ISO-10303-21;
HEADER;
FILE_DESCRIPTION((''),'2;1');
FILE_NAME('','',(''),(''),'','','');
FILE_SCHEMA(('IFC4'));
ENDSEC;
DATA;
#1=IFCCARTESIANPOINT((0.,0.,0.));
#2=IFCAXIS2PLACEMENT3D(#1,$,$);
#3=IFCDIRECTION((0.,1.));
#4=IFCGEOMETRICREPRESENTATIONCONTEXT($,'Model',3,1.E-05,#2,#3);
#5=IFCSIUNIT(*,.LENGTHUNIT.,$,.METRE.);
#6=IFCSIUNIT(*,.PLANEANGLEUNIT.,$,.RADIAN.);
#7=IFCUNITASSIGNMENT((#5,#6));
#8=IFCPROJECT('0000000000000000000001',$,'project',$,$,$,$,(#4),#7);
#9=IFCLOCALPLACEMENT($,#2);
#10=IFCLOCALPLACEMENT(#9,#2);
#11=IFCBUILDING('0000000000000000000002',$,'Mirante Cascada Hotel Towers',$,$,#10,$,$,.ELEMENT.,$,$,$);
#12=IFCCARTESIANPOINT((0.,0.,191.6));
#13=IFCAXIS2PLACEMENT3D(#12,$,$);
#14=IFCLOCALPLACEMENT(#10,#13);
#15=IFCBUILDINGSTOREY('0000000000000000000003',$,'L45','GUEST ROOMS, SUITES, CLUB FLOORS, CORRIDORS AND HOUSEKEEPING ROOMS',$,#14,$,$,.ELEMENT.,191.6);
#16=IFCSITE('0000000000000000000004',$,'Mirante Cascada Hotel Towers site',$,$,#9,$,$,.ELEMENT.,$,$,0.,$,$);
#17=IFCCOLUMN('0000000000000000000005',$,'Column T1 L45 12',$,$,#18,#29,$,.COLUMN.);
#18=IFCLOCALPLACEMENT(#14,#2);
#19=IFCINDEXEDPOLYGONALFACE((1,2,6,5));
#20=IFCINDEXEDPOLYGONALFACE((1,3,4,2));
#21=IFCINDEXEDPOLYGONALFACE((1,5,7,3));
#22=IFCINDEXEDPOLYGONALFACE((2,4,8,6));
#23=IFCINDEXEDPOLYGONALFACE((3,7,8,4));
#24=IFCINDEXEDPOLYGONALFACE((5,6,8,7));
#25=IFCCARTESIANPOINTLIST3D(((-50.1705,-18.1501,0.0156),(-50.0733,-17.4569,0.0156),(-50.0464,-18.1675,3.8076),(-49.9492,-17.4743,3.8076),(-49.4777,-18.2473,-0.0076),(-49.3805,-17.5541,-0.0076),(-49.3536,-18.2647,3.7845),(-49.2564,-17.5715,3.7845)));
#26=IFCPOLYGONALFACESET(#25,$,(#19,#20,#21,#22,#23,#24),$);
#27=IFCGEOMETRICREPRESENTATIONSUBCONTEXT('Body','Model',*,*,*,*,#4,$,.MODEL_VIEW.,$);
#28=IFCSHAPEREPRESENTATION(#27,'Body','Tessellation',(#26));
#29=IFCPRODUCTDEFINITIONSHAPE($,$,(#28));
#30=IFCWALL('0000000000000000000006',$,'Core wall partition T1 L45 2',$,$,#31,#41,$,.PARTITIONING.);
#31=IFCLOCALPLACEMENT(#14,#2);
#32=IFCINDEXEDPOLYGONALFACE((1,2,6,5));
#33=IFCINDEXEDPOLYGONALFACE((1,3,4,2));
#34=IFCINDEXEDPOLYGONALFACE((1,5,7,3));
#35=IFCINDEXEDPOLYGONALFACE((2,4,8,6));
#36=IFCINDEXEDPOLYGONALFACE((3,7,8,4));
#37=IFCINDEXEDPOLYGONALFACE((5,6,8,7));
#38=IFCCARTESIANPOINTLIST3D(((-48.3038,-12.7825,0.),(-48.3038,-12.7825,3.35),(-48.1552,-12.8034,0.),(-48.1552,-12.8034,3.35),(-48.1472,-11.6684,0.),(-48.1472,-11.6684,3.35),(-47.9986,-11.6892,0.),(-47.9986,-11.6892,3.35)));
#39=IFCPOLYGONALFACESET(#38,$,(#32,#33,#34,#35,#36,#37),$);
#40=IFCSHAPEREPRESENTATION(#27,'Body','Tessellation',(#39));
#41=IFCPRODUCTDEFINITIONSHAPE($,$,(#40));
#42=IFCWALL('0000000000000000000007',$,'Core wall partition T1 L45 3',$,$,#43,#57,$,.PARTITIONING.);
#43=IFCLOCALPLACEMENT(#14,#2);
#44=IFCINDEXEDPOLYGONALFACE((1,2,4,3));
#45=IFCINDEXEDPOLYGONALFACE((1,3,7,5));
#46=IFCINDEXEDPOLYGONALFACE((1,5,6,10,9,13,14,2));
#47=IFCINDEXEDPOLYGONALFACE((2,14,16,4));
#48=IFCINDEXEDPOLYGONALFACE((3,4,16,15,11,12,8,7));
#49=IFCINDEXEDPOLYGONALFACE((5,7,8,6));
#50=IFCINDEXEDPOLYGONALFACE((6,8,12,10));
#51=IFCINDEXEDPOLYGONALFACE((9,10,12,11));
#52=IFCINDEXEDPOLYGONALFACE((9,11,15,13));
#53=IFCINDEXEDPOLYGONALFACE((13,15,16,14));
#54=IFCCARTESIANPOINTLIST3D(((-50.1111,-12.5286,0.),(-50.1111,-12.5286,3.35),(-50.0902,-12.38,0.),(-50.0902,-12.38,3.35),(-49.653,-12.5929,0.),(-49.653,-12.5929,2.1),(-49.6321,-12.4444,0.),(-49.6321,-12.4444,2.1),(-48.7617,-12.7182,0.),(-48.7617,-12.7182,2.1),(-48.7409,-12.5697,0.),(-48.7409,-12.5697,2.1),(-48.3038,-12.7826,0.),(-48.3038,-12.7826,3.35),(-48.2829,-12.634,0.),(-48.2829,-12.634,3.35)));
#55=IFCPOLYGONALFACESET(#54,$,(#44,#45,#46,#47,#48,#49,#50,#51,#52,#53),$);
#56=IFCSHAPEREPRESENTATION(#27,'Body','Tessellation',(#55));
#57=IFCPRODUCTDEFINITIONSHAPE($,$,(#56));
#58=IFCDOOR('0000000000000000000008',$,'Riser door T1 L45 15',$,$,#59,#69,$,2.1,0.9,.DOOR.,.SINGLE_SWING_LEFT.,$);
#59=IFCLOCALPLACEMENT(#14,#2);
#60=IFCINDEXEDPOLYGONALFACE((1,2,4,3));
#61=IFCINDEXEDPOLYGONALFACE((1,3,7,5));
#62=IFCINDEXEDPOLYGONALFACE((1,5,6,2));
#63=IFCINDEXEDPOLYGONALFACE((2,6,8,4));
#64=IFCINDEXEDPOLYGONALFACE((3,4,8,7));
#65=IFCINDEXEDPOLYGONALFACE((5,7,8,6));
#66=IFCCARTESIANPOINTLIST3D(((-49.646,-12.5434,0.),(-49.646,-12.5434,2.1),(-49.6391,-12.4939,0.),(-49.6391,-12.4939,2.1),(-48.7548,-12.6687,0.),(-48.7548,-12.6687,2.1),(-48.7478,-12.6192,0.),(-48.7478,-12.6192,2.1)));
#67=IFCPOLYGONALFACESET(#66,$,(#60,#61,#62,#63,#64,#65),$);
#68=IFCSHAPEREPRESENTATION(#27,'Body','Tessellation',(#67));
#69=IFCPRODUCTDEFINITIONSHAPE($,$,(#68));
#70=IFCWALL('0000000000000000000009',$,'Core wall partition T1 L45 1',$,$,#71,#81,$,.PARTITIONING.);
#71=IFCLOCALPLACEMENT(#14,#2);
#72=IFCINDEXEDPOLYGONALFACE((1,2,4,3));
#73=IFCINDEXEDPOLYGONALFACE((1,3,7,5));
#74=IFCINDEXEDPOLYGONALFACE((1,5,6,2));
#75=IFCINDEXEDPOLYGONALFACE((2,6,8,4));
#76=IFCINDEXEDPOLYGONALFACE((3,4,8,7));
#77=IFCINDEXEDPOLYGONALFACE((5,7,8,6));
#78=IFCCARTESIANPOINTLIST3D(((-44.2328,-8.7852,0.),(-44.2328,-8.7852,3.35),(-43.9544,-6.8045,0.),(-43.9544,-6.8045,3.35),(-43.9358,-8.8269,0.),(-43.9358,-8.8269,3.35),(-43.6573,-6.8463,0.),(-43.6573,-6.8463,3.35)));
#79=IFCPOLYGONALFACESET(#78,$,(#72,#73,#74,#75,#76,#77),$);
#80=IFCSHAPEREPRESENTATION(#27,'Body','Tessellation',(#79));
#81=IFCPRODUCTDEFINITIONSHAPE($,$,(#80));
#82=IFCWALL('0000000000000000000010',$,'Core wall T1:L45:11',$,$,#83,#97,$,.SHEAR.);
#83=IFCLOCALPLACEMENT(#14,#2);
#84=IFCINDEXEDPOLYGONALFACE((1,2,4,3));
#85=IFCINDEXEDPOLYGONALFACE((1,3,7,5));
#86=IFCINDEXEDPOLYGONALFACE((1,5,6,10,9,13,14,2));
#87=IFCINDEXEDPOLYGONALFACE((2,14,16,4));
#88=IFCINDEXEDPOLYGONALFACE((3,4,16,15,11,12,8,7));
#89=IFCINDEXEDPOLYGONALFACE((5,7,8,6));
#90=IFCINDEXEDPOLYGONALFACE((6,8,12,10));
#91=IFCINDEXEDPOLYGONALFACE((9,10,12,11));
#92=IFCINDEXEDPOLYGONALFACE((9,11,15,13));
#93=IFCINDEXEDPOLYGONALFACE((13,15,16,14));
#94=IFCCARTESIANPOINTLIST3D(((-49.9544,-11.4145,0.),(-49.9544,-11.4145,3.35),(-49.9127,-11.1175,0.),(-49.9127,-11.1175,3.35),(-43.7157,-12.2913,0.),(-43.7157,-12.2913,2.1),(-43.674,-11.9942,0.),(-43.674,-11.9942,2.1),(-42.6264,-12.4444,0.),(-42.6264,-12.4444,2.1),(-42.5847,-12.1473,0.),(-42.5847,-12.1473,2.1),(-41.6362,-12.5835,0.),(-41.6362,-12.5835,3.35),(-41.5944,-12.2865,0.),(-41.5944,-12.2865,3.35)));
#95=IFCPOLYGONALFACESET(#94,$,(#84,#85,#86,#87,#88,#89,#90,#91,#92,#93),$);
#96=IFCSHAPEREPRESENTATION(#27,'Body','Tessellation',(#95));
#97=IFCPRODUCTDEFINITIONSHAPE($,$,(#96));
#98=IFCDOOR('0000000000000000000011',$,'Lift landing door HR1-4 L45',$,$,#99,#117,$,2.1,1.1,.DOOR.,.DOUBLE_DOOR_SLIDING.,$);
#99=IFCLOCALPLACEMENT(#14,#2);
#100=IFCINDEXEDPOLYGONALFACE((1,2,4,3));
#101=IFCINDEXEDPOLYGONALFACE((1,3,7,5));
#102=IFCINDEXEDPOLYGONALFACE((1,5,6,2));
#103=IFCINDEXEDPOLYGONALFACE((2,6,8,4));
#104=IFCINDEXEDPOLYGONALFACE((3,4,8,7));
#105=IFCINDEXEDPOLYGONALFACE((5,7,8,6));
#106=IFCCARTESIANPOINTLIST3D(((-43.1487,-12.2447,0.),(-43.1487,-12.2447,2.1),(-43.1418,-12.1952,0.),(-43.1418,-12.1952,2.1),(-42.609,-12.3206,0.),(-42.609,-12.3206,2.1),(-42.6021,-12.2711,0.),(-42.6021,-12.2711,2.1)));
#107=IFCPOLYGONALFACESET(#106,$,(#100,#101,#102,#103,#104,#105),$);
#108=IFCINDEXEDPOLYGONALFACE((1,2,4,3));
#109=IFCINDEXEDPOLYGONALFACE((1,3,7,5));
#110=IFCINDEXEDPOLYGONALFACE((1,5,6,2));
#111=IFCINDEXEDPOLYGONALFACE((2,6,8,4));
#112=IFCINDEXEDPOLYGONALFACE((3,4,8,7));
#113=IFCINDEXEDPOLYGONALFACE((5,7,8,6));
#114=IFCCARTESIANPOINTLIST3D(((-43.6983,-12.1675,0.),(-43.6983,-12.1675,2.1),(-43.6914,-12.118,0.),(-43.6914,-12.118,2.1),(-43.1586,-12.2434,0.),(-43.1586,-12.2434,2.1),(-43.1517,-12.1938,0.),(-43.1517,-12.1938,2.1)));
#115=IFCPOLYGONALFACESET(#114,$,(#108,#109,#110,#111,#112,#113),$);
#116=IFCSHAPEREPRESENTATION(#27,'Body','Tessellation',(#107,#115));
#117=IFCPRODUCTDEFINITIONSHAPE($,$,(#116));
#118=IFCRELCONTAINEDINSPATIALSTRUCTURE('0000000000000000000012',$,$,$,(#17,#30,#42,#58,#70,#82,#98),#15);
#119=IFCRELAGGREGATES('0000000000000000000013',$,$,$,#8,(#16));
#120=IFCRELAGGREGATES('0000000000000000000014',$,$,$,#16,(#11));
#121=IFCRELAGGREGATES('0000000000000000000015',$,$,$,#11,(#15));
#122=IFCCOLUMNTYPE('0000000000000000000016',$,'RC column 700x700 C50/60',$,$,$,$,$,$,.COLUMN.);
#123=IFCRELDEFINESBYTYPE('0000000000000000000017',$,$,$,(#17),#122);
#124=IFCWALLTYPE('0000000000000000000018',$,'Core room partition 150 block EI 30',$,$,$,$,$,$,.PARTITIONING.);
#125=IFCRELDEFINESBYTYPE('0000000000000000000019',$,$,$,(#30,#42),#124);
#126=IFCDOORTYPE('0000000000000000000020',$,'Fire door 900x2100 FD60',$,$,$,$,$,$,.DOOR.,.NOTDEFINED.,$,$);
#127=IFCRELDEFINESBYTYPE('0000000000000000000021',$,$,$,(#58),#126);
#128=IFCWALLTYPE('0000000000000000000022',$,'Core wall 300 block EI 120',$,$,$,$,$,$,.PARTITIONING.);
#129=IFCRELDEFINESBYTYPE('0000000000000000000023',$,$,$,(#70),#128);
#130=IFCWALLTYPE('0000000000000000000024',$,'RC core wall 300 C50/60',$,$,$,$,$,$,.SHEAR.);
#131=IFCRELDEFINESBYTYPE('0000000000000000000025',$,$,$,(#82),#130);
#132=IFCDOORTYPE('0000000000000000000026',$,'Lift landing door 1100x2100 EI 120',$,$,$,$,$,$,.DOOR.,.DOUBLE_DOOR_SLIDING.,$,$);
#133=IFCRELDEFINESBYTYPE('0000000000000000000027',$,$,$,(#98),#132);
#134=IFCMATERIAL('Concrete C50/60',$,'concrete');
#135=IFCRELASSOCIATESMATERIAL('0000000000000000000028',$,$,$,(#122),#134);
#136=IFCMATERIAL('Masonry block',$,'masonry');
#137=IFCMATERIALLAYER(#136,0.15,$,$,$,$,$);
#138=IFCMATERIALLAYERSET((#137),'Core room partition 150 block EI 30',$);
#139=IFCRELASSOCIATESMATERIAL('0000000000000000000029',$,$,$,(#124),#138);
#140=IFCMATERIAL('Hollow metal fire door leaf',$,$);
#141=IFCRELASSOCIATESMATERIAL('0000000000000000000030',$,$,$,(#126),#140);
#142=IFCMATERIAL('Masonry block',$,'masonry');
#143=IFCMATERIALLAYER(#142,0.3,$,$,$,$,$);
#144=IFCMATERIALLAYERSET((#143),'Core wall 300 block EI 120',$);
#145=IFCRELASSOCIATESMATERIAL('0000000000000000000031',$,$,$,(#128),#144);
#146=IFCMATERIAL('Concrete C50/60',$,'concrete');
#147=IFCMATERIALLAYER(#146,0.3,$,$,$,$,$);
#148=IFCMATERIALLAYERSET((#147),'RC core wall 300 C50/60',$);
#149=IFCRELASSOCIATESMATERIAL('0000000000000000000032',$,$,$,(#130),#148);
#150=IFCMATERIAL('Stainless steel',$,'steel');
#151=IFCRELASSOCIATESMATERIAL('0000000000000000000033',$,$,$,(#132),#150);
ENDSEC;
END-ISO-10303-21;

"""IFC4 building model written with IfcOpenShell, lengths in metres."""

from ifc_helpers import new_model, si_unit, direction, frame, frame_2d, origin, origin_2d, place, context, subcontext, project, spatial, rectangle, extrude, material, layer, layer_set, material_profile, profile_set, type_object, element, fill, save


model = new_model("IFC4")

# Units and contexts
model_context = context("Model", 3, precision=1e-05, world=origin(), true_north=direction((0.0, 1.0)))
body_context = subcontext(model_context, "Body", "Model", "MODEL_VIEW")
ifc_project = project(units=[si_unit("LENGTHUNIT", "METRE"), si_unit("PLANEANGLEUNIT", "RADIAN")], contexts=[model_context])

# Site, building, storey
site_placement = place(None, origin())
site = spatial("IfcSite", under=ifc_project, at=site_placement, Name="Mirante Cascada Hotel Towers site", CompositionType="ELEMENT", RefElevation=0.0)
building_placement = place(site_placement, origin())
building = spatial("IfcBuilding", under=site, at=building_placement, Name="Mirante Cascada Hotel Towers", CompositionType="ELEMENT")
storey_placement = place(building_placement, frame((0.0, 0.0, 191.6)))
storey = spatial("IfcBuildingStorey", under=building, at=storey_placement, Name="L45", Description="GUEST ROOMS, SUITES, CLUB FLOORS, CORRIDORS AND HOUSEKEEPING ROOMS", CompositionType="ELEMENT", Elevation=191.6)

# Column
ifc_material_1 = material(Name="Concrete C50/60", Category="concrete")
ifc_material_profile = material_profile(ifc_material_1, rectangle(XDim=0.7, YDim=0.7, at=origin_2d()), Name="RC column 700x700 C50/60")
ifc_profile_set = profile_set([ifc_material_profile], Name="Concrete C50/60")
column_type = type_object("IfcColumnType", Name="RC column 700x700 C50/60", PredefinedType="COLUMN", material=ifc_profile_set)
column_placement = place(storey_placement, frame((-49.7755, -17.8521, 0.004), z_axis=(0.032709, -0.004586, 0.999454), x_axis=(0.138851, 0.990313, 0.0)))
element("IfcColumn", 1, at=column_placement, inside=storey, type_object=column_type, Name="Column T1 L45 12", PredefinedType="COLUMN", context=body_context, shape_type="SweptSolid", body=[
    extrude(rectangle(XDim=0.7, YDim=0.7, at=origin_2d()), origin(), (0.0, 0.0, 1.0), 3.7941),
])

# Wall
ifc_material_2 = material(Name="Masonry block", Category="masonry")
ifc_layer_1 = layer(ifc_material_2, 0.15)
ifc_layer_set_1 = layer_set([ifc_layer_1], Name="Core room partition 150 block EI 30")
wall_type_1 = type_object("IfcWallType", Name="Core room partition 150 block EI 30", PredefinedType="PARTITIONING", material=ifc_layer_set_1)
wall_1_placement = place(storey_placement, frame((-48.2295, -12.793, 0.0), z_axis=(0.0, 0.0, 1.0), x_axis=(0.139193, 0.990265, 0.0)))
element("IfcWall", 2, at=wall_1_placement, inside=storey, type_object=wall_type_1, Name="Core wall partition T1 L45 2", PredefinedType="PARTITIONING", context=body_context, shape_type="SweptSolid", body=[
    extrude(rectangle(XDim=1.1251, YDim=0.15, at=frame_2d((0.5626, 0.0))), origin(), (0.0, 0.0, 1.0), 3.35),
])

# Wall, opening, door
wall_2_placement = place(storey_placement, frame((-48.2933, -12.7083, 0.0), z_axis=(0.0, 0.0, 1.0), x_axis=(-0.990268, 0.139173, 0.0)))
wall_2 = element("IfcWall", 3, at=wall_2_placement, inside=storey, type_object=wall_type_1, Name="Core wall partition T1 L45 3", PredefinedType="PARTITIONING", context=body_context, shape_type="SweptSolid", body=[
    extrude(rectangle(XDim=1.8251, YDim=0.15, at=frame_2d((0.9126, 0.0))), origin(), (0.0, 0.0, 1.0), 3.35),
])
opening_1_placement = place(wall_2_placement, frame((0.4625, 0.0, 0.0)))
opening_1 = element("IfcOpeningElement", 4, at=opening_1_placement, cuts=wall_2, PredefinedType="OPENING", context=body_context, shape_type="SweptSolid", body=[
    extrude(rectangle(XDim=0.9, YDim=2.1, at=frame_2d((0.45, 1.05))), frame((0.0, 0.075, 0.0), z_axis=(0.0, -1.0, 0.0), x_axis=(1.0, 0.0, 0.0)), (0.0, 0.0, 1.0), 0.15),
])
ifc_material_3 = material(Name="Hollow metal fire door leaf")
door_type_1 = type_object("IfcDoorType", Name="Fire door 900x2100 FD60", OperationType="NOTDEFINED", PredefinedType="DOOR", material=ifc_material_3)
door_1_placement = place(opening_1_placement, origin())
door_1 = element("IfcDoor", 5, at=door_1_placement, inside=storey, type_object=door_type_1, Name="Riser door T1 L45 15", OperationType="SINGLE_SWING_LEFT", OverallHeight=2.1, OverallWidth=0.9, PredefinedType="DOOR", context=body_context, shape_type="SweptSolid", body=[
    extrude(rectangle(XDim=0.9, YDim=2.1, at=frame_2d((0.45, 1.05))), frame((0.0, 0.025, 0.0), z_axis=(0.0, -1.0, 0.0), x_axis=(1.0, 0.0, 0.0)), (0.0, 0.0, 1.0), 0.05),
])
fill(opening_1, door_1)

# Wall
ifc_material_4 = material(Name="Masonry block", Category="masonry")
ifc_layer_2 = layer(ifc_material_4, 0.3)
ifc_layer_set_2 = layer_set([ifc_layer_2], Name="Core wall 300 block EI 120")
wall_type_2 = type_object("IfcWallType", Name="Core wall 300 block EI 120", PredefinedType="PARTITIONING", material=ifc_layer_set_2)
wall_3_placement = place(storey_placement, frame((-44.0843, -8.8061, 0.0), z_axis=(0.0, 0.0, 1.0), x_axis=(0.139195, 0.990265, 0.0)))
element("IfcWall", 6, at=wall_3_placement, inside=storey, type_object=wall_type_2, Name="Core wall partition T1 L45 1", PredefinedType="PARTITIONING", context=body_context, shape_type="SweptSolid", body=[
    extrude(rectangle(XDim=2.0001, YDim=0.3, at=frame_2d((1.0001, 0.0))), origin(), (0.0, 0.0, 1.0), 3.35),
])

# Wall, opening, door
ifc_material_5 = material(Name="Concrete C50/60", Category="concrete")
ifc_layer_3 = layer(ifc_material_5, 0.3)
ifc_layer_set_3 = layer_set([ifc_layer_3], Name="RC core wall 300 C50/60")
wall_type_3 = type_object("IfcWallType", Name="RC core wall 300 C50/60", PredefinedType="SHEAR", material=ifc_layer_set_3)
wall_4_placement = place(storey_placement, frame((-41.6153, -12.435, 0.0), z_axis=(0.0, 0.0, 1.0), x_axis=(-0.990269, 0.139166, 0.0)))
wall_4 = element("IfcWall", 7, at=wall_4_placement, inside=storey, type_object=wall_type_3, Name="Core wall T1:L45:11", PredefinedType="SHEAR", context=body_context, shape_type="SweptSolid", body=[
    extrude(rectangle(XDim=8.4, YDim=0.3, at=frame_2d((4.2, 0.0))), origin(), (0.0, 0.0, 1.0), 3.35),
])
opening_2_placement = place(wall_4_placement, frame((1.0, 0.0, 0.0)))
opening_2 = element("IfcOpeningElement", 8, at=opening_2_placement, cuts=wall_4, PredefinedType="OPENING", context=body_context, shape_type="SweptSolid", body=[
    extrude(rectangle(XDim=1.1, YDim=2.1, at=frame_2d((0.55, 1.05))), frame((0.0, 0.15, 0.0), z_axis=(0.0, -1.0, 0.0), x_axis=(1.0, 0.0, 0.0)), (0.0, 0.0, 1.0), 0.3),
])
ifc_material_6 = material(Name="Stainless steel", Category="steel")
door_type_2 = type_object("IfcDoorType", Name="Lift landing door 1100x2100 EI 120", OperationType="DOUBLE_DOOR_SLIDING", PredefinedType="DOOR", material=ifc_material_6)
door_2_placement = place(opening_2_placement, origin())
door_2 = element("IfcDoor", 9, at=door_2_placement, inside=storey, type_object=door_type_2, Name="Lift landing door HR1-4 L45", OperationType="DOUBLE_DOOR_SLIDING", OverallHeight=2.1, OverallWidth=1.1, PredefinedType="DOOR", context=body_context, shape_type="SweptSolid", body=[
    extrude(rectangle(XDim=0.545, YDim=2.1, at=frame_2d((0.2725, 1.05))), frame((0.0, 0.025, 0.0), z_axis=(0.0, -1.0, 0.0), x_axis=(1.0, 0.0, 0.0)), (0.0, 0.0, 1.0), 0.05),
    extrude(rectangle(XDim=0.545, YDim=2.1, at=frame_2d((0.8275, 1.05))), frame((0.0, 0.025, 0.0), z_axis=(0.0, -1.0, 0.0), x_axis=(1.0, 0.0, 0.0)), (0.0, 0.0, 1.0), 0.05),
])
fill(opening_2, door_2)

save(model, "model.ifc")
